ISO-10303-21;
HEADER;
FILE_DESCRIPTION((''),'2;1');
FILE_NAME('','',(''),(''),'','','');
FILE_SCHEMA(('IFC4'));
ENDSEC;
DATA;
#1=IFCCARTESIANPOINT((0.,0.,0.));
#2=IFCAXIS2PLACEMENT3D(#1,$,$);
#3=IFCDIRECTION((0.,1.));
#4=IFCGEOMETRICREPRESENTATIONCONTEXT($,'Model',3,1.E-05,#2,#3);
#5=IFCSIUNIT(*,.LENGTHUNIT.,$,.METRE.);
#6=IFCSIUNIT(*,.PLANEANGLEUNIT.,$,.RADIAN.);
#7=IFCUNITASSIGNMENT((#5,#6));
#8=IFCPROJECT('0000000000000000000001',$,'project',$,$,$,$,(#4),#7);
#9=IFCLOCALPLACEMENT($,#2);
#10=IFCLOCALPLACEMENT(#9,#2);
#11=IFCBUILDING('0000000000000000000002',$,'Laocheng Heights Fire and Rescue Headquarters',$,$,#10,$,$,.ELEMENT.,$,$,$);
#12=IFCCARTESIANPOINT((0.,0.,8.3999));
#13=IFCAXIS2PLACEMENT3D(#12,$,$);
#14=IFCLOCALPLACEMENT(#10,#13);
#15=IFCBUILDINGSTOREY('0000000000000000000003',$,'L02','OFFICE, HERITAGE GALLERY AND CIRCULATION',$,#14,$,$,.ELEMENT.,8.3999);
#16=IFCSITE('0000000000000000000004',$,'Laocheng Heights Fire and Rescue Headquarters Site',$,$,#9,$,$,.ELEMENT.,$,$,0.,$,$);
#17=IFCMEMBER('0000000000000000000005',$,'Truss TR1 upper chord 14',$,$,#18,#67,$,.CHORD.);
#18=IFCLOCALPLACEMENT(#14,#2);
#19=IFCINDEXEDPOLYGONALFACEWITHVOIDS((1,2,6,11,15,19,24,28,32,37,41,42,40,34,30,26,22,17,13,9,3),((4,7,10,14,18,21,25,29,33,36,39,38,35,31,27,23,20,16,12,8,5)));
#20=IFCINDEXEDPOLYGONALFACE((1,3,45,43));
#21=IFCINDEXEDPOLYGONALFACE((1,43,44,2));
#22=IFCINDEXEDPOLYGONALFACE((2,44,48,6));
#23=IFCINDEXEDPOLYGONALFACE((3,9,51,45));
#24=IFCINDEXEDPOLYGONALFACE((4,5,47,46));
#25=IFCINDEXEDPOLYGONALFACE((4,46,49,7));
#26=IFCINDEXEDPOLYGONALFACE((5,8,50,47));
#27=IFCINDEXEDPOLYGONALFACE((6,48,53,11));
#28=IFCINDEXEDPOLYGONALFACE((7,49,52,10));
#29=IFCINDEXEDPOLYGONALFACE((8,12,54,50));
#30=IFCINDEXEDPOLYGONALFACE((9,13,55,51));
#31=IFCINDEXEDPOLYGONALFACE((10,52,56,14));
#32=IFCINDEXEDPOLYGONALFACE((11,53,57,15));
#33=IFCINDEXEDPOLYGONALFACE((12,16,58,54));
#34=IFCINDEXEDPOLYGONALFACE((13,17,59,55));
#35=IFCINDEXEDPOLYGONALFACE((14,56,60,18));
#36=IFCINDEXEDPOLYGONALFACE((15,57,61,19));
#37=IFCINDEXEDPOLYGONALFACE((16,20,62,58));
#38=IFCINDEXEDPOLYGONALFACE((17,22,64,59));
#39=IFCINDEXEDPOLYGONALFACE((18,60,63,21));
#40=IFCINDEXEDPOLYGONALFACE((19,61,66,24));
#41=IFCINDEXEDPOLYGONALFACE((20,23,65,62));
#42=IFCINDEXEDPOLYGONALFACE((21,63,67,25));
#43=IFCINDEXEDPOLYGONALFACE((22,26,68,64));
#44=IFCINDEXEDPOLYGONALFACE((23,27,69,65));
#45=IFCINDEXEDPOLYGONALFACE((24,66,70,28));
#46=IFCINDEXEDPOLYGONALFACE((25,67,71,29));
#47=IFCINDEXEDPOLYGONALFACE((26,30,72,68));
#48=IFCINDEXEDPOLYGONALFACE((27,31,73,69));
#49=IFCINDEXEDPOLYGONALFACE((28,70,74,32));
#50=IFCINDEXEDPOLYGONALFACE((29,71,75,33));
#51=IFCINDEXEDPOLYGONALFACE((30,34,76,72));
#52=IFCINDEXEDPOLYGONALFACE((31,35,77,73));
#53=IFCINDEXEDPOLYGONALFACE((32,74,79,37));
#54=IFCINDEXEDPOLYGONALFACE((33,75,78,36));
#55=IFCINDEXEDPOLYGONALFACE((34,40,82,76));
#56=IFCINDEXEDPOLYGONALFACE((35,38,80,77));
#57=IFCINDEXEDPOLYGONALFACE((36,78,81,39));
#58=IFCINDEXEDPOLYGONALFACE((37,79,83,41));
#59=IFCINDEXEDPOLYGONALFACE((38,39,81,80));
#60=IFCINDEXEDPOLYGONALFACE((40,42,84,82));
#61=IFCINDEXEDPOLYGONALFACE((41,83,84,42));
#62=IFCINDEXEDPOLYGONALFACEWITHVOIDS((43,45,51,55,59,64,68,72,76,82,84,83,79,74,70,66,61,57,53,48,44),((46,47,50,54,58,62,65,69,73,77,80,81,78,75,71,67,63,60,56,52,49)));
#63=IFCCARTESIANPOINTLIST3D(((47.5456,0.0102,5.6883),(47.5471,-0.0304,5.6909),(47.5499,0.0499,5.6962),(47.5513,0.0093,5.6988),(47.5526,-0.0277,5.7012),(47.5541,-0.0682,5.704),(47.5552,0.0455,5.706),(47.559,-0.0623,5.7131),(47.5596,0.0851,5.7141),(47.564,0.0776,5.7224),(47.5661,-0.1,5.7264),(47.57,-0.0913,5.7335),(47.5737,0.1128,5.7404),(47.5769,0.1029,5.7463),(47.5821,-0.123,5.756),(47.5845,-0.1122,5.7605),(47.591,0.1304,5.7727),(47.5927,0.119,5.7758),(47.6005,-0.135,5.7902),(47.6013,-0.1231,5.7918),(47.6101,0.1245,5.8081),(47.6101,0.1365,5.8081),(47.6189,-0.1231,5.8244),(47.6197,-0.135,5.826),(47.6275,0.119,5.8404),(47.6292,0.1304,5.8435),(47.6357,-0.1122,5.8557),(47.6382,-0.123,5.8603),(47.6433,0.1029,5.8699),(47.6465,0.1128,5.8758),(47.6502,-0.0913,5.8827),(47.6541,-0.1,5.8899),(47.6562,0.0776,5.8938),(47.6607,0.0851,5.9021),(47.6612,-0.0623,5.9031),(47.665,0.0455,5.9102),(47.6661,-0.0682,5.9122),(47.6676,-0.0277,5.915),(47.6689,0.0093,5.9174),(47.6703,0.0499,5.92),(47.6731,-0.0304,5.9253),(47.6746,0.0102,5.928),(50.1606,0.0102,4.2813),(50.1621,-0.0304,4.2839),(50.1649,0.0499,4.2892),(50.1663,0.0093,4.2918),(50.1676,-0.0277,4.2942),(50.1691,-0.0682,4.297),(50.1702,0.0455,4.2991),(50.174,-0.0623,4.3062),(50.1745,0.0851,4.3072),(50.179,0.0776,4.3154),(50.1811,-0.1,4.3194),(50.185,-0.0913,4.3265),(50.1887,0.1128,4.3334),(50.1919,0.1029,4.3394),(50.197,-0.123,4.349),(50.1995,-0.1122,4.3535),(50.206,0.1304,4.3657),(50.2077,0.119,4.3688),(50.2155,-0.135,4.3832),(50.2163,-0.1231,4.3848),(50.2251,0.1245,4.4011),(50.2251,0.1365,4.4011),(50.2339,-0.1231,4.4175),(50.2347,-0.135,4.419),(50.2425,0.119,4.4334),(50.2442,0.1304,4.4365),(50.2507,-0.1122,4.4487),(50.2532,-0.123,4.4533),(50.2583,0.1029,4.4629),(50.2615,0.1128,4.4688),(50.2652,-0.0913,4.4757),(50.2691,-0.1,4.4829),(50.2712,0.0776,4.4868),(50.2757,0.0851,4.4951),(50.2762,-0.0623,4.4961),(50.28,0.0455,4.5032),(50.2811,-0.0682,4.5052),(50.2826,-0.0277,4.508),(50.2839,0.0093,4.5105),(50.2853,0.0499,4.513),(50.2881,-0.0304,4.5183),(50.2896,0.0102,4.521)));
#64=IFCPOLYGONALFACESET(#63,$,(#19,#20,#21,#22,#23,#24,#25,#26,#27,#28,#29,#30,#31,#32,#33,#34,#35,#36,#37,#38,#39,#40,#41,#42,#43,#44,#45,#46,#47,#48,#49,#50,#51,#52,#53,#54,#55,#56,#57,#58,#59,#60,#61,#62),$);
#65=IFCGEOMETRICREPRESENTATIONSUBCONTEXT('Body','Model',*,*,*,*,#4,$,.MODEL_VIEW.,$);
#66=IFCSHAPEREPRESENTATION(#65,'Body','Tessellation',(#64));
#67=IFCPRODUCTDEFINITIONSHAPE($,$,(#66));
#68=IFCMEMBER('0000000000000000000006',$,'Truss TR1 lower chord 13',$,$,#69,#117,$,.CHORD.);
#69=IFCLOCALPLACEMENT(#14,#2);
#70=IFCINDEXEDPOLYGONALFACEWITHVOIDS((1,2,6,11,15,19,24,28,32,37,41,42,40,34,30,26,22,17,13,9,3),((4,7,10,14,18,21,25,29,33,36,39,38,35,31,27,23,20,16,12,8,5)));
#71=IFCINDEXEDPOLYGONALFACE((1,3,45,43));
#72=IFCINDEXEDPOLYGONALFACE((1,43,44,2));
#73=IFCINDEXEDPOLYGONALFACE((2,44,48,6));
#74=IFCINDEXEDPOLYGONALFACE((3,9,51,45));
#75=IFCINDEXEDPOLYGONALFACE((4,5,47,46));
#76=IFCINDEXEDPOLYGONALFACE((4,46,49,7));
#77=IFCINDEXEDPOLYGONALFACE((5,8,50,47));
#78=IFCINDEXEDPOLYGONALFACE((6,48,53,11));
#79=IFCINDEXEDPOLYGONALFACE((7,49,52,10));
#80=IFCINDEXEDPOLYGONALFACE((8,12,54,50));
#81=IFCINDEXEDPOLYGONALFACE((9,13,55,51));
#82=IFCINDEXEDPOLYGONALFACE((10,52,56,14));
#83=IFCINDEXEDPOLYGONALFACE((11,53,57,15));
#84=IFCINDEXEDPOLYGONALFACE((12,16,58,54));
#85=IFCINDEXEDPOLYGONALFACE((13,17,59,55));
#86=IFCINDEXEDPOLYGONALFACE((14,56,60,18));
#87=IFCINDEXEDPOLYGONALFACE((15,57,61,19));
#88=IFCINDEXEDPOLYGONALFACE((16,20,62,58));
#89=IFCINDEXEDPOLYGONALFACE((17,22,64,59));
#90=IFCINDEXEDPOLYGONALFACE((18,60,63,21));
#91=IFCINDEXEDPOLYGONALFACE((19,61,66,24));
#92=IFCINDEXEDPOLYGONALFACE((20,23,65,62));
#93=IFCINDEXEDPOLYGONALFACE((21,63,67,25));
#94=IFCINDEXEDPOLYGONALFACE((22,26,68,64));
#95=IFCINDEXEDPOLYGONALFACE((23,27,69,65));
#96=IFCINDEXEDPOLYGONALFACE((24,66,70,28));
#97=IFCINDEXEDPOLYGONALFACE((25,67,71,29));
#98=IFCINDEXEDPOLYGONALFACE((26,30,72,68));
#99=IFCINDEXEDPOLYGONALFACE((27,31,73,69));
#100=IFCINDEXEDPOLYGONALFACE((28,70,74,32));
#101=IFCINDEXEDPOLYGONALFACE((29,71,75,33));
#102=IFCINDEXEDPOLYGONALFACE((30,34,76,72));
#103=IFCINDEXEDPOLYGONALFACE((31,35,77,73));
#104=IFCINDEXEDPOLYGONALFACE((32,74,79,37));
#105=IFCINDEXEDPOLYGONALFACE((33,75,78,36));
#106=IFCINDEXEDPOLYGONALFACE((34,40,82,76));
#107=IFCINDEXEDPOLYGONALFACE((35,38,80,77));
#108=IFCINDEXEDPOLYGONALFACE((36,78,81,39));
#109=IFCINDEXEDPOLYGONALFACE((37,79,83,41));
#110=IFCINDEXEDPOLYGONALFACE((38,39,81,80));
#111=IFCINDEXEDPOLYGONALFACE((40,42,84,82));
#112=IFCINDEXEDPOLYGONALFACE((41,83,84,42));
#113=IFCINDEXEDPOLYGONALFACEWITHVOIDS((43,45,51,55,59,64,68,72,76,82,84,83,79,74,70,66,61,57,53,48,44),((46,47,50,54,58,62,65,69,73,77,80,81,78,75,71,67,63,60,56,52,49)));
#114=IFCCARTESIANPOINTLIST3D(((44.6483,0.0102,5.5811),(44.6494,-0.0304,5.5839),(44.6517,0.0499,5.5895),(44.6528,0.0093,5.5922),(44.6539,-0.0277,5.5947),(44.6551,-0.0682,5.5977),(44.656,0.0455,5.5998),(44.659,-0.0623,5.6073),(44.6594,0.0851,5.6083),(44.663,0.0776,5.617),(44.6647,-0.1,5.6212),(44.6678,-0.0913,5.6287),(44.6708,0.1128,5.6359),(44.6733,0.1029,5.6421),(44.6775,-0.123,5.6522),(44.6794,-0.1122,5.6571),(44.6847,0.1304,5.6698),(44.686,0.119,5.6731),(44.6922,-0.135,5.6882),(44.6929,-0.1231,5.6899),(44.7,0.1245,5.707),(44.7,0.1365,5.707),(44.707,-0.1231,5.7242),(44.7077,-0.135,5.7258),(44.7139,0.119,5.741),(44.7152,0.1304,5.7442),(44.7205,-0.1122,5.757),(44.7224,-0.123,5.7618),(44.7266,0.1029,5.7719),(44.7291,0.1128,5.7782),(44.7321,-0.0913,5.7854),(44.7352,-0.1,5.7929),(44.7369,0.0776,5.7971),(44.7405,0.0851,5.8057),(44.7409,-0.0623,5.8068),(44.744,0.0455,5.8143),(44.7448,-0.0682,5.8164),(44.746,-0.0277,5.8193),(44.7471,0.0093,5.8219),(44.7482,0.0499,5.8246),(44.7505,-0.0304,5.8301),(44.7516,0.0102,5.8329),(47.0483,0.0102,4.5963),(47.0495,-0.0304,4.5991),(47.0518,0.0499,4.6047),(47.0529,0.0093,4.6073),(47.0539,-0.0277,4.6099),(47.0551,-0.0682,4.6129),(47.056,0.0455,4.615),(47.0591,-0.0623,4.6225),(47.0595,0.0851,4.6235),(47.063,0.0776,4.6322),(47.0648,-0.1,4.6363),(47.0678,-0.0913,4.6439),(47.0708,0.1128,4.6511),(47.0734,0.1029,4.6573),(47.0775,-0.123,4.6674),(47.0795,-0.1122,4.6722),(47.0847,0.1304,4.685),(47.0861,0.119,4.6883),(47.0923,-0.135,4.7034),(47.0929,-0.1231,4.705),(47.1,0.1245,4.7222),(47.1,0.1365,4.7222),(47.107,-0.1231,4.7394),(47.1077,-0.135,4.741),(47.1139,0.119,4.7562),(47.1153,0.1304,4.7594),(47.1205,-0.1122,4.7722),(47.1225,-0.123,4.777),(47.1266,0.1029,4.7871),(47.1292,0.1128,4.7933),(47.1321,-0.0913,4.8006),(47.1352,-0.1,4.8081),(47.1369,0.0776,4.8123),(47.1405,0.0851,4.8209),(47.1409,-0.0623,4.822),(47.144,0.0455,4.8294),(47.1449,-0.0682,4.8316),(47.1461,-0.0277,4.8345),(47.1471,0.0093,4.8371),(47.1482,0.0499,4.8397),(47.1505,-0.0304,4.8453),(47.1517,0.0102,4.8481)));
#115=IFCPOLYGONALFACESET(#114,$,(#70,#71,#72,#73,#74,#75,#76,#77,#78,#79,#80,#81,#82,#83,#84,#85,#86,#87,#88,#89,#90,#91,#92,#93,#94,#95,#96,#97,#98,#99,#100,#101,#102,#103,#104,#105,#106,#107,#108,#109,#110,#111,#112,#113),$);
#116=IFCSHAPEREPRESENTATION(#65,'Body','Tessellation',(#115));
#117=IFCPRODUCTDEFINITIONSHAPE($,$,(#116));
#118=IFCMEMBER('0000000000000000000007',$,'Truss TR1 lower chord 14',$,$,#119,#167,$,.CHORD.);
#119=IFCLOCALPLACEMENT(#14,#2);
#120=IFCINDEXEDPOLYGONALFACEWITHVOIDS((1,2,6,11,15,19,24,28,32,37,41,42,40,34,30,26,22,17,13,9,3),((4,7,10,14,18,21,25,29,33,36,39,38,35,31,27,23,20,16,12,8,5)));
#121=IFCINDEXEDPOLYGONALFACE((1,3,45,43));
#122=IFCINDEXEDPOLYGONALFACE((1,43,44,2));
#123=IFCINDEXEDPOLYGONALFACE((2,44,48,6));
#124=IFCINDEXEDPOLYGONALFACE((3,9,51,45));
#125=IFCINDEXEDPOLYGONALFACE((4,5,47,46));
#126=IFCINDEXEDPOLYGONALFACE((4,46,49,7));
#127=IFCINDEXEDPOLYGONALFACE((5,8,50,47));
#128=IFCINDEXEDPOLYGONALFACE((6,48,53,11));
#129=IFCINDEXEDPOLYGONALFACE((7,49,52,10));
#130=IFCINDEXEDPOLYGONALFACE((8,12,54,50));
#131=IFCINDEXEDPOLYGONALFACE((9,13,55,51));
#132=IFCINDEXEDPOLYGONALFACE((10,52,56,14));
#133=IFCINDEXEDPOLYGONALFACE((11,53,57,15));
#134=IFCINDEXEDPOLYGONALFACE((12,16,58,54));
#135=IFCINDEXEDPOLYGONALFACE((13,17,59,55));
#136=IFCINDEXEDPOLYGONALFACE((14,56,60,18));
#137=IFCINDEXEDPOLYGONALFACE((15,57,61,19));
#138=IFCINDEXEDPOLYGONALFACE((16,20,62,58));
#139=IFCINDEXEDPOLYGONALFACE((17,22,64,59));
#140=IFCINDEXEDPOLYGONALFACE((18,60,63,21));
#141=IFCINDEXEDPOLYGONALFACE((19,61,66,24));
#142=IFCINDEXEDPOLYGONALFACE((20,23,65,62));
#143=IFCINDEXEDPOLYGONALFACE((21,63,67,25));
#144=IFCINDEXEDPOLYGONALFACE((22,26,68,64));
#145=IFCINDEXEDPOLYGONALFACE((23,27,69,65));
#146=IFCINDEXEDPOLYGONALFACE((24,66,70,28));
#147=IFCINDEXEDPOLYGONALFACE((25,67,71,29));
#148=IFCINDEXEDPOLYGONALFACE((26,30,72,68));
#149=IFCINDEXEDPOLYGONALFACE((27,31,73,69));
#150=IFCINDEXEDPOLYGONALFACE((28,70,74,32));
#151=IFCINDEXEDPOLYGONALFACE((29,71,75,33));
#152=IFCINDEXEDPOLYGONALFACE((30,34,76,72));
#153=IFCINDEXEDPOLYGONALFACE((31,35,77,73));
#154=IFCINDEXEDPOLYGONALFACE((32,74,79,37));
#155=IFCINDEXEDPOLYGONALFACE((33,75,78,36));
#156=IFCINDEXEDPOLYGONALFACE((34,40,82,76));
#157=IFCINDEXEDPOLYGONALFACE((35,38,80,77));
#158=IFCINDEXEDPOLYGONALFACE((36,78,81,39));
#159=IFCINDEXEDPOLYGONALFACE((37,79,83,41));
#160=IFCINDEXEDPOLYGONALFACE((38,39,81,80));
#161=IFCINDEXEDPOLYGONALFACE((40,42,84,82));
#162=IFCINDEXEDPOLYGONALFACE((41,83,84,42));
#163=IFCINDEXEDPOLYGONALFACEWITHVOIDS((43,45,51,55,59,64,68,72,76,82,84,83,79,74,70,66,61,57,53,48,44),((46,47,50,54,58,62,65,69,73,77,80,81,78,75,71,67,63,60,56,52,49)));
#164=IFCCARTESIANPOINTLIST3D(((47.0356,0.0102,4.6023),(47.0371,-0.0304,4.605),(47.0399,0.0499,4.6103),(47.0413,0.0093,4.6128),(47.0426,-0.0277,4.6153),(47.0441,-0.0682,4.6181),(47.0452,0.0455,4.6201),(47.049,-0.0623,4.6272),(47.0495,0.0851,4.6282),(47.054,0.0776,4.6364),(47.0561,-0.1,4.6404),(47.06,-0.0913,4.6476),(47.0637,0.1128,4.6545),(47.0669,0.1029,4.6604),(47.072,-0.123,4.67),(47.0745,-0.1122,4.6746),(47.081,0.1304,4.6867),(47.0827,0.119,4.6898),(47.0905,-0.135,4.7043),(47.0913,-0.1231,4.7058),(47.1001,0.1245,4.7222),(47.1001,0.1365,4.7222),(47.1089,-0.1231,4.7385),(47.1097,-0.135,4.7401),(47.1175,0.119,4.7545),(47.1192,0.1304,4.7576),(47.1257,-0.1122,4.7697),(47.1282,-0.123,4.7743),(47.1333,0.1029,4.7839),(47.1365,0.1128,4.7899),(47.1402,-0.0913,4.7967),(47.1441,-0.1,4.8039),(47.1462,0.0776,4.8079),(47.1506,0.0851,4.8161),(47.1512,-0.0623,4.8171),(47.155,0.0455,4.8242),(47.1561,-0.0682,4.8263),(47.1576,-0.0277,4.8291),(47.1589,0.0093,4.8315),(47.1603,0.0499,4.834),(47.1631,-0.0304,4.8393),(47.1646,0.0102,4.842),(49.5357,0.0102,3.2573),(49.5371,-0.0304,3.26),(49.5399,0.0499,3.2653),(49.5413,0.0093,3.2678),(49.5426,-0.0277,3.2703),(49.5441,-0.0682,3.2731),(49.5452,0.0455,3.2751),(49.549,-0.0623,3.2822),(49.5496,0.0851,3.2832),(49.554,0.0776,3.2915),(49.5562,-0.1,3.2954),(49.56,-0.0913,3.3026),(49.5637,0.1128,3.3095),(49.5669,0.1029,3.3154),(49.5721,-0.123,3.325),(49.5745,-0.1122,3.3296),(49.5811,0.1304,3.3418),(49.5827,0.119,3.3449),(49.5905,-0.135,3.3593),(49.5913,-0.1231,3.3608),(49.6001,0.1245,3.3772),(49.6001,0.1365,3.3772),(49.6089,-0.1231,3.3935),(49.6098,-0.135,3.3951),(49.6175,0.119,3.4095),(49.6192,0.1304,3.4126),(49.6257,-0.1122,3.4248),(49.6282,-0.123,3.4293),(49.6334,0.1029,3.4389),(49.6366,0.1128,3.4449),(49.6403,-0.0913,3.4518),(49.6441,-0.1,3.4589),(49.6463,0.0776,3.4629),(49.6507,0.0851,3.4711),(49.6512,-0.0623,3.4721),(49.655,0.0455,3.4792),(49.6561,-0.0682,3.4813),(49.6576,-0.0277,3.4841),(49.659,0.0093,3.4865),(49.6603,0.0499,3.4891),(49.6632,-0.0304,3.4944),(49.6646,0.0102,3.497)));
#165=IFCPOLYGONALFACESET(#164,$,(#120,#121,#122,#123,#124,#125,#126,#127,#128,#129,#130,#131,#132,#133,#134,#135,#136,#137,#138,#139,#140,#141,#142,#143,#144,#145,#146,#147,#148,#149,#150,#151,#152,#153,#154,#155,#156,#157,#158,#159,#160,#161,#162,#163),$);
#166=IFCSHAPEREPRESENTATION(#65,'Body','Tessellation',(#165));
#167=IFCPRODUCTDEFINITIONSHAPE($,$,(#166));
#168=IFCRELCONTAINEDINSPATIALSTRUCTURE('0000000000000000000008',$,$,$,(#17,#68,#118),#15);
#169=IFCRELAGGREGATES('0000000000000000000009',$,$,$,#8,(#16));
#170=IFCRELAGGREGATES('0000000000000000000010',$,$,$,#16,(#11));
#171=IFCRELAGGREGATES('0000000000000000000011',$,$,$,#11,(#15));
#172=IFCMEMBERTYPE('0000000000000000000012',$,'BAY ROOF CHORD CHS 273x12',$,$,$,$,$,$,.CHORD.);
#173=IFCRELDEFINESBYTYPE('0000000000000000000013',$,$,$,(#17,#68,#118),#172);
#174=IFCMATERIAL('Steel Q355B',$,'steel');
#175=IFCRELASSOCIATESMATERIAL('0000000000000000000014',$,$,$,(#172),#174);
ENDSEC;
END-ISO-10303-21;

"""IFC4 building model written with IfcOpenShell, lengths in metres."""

from ifc_helpers import new_model, si_unit, direction, frame, origin, origin_2d, place, context, subcontext, project, spatial, hollow_circle, extrude, material, material_profile, profile_set, type_object, element, save


model = new_model("IFC4")

# Units and contexts
model_context = context("Model", 3, precision=1e-05, world=origin(), true_north=direction((0.0, 1.0)))
body_context = subcontext(model_context, "Body", "Model", "MODEL_VIEW")
ifc_project = project(units=[si_unit("LENGTHUNIT", "METRE"), si_unit("PLANEANGLEUNIT", "RADIAN")], contexts=[model_context])

# Site, building, storey
site_placement = place(None, origin())
site = spatial("IfcSite", under=ifc_project, at=site_placement, Name="Laocheng Heights Fire and Rescue Headquarters Site", CompositionType="ELEMENT", RefElevation=0.0)
building_placement = place(site_placement, origin())
building = spatial("IfcBuilding", under=site, at=building_placement, Name="Laocheng Heights Fire and Rescue Headquarters", CompositionType="ELEMENT")
storey_placement = place(building_placement, frame((0.0, 0.0, 8.3999)))
storey = spatial("IfcBuildingStorey", under=building, at=storey_placement, Name="L02", Description="OFFICE, HERITAGE GALLERY AND CIRCULATION", CompositionType="ELEMENT", Elevation=8.3999)

# Members
ifc_material_1 = material(Name="Steel Q355B", Category="steel")
ifc_material_profile_1 = material_profile(ifc_material_1, hollow_circle(Radius=0.1365, WallThickness=0.012, at=origin_2d()), Name="CHS 273x12")
ifc_profile_set_1 = profile_set([ifc_material_profile_1], Name="Steel Q355B")
member_type_1 = type_object("IfcMemberType", Name="BAY ROOF CHORD CHS 273x12", PredefinedType="CHORD", material=ifc_profile_set_1)
member_1_placement = place(storey_placement, frame((47.6101, 0.0, 5.8081), z_axis=(0.880624, 0.0, -0.473815), x_axis=(0.0, 1.0, 0.0)))
element("IfcMember", 1, at=member_1_placement, inside=storey, type_object=member_type_1, Name="Truss TR1 upper chord 14", PredefinedType="CHORD", context=body_context, shape_type="SweptSolid", body=[
    extrude(hollow_circle(Radius=0.1365, WallThickness=0.012, at=origin_2d()), origin(), (0.0, 0.0, 1.0), 2.9695),
])
member_2_placement = place(storey_placement, frame((44.7, 0.0, 5.707), z_axis=(0.925143, 0.0, -0.379618), x_axis=(0.0, 1.0, 0.0)))
element("IfcMember", 2, at=member_2_placement, inside=storey, type_object=member_type_1, Name="Truss TR1 lower chord 13", PredefinedType="CHORD", context=body_context, shape_type="SweptSolid", body=[
    extrude(hollow_circle(Radius=0.1365, WallThickness=0.012, at=origin_2d()), origin(), (0.0, 0.0, 1.0), 2.5942),
])
member_3_placement = place(storey_placement, frame((47.1001, 0.0, 4.7222), z_axis=(0.880645, 0.0, -0.473777), x_axis=(0.0, 1.0, 0.0)))
element("IfcMember", 3, at=member_3_placement, inside=storey, type_object=member_type_1, Name="Truss TR1 lower chord 14", PredefinedType="CHORD", context=body_context, shape_type="SweptSolid", body=[
    extrude(hollow_circle(Radius=0.1365, WallThickness=0.012, at=origin_2d()), origin(), (0.0, 0.0, 1.0), 2.8389),
])

save(model, "model.ifc")
